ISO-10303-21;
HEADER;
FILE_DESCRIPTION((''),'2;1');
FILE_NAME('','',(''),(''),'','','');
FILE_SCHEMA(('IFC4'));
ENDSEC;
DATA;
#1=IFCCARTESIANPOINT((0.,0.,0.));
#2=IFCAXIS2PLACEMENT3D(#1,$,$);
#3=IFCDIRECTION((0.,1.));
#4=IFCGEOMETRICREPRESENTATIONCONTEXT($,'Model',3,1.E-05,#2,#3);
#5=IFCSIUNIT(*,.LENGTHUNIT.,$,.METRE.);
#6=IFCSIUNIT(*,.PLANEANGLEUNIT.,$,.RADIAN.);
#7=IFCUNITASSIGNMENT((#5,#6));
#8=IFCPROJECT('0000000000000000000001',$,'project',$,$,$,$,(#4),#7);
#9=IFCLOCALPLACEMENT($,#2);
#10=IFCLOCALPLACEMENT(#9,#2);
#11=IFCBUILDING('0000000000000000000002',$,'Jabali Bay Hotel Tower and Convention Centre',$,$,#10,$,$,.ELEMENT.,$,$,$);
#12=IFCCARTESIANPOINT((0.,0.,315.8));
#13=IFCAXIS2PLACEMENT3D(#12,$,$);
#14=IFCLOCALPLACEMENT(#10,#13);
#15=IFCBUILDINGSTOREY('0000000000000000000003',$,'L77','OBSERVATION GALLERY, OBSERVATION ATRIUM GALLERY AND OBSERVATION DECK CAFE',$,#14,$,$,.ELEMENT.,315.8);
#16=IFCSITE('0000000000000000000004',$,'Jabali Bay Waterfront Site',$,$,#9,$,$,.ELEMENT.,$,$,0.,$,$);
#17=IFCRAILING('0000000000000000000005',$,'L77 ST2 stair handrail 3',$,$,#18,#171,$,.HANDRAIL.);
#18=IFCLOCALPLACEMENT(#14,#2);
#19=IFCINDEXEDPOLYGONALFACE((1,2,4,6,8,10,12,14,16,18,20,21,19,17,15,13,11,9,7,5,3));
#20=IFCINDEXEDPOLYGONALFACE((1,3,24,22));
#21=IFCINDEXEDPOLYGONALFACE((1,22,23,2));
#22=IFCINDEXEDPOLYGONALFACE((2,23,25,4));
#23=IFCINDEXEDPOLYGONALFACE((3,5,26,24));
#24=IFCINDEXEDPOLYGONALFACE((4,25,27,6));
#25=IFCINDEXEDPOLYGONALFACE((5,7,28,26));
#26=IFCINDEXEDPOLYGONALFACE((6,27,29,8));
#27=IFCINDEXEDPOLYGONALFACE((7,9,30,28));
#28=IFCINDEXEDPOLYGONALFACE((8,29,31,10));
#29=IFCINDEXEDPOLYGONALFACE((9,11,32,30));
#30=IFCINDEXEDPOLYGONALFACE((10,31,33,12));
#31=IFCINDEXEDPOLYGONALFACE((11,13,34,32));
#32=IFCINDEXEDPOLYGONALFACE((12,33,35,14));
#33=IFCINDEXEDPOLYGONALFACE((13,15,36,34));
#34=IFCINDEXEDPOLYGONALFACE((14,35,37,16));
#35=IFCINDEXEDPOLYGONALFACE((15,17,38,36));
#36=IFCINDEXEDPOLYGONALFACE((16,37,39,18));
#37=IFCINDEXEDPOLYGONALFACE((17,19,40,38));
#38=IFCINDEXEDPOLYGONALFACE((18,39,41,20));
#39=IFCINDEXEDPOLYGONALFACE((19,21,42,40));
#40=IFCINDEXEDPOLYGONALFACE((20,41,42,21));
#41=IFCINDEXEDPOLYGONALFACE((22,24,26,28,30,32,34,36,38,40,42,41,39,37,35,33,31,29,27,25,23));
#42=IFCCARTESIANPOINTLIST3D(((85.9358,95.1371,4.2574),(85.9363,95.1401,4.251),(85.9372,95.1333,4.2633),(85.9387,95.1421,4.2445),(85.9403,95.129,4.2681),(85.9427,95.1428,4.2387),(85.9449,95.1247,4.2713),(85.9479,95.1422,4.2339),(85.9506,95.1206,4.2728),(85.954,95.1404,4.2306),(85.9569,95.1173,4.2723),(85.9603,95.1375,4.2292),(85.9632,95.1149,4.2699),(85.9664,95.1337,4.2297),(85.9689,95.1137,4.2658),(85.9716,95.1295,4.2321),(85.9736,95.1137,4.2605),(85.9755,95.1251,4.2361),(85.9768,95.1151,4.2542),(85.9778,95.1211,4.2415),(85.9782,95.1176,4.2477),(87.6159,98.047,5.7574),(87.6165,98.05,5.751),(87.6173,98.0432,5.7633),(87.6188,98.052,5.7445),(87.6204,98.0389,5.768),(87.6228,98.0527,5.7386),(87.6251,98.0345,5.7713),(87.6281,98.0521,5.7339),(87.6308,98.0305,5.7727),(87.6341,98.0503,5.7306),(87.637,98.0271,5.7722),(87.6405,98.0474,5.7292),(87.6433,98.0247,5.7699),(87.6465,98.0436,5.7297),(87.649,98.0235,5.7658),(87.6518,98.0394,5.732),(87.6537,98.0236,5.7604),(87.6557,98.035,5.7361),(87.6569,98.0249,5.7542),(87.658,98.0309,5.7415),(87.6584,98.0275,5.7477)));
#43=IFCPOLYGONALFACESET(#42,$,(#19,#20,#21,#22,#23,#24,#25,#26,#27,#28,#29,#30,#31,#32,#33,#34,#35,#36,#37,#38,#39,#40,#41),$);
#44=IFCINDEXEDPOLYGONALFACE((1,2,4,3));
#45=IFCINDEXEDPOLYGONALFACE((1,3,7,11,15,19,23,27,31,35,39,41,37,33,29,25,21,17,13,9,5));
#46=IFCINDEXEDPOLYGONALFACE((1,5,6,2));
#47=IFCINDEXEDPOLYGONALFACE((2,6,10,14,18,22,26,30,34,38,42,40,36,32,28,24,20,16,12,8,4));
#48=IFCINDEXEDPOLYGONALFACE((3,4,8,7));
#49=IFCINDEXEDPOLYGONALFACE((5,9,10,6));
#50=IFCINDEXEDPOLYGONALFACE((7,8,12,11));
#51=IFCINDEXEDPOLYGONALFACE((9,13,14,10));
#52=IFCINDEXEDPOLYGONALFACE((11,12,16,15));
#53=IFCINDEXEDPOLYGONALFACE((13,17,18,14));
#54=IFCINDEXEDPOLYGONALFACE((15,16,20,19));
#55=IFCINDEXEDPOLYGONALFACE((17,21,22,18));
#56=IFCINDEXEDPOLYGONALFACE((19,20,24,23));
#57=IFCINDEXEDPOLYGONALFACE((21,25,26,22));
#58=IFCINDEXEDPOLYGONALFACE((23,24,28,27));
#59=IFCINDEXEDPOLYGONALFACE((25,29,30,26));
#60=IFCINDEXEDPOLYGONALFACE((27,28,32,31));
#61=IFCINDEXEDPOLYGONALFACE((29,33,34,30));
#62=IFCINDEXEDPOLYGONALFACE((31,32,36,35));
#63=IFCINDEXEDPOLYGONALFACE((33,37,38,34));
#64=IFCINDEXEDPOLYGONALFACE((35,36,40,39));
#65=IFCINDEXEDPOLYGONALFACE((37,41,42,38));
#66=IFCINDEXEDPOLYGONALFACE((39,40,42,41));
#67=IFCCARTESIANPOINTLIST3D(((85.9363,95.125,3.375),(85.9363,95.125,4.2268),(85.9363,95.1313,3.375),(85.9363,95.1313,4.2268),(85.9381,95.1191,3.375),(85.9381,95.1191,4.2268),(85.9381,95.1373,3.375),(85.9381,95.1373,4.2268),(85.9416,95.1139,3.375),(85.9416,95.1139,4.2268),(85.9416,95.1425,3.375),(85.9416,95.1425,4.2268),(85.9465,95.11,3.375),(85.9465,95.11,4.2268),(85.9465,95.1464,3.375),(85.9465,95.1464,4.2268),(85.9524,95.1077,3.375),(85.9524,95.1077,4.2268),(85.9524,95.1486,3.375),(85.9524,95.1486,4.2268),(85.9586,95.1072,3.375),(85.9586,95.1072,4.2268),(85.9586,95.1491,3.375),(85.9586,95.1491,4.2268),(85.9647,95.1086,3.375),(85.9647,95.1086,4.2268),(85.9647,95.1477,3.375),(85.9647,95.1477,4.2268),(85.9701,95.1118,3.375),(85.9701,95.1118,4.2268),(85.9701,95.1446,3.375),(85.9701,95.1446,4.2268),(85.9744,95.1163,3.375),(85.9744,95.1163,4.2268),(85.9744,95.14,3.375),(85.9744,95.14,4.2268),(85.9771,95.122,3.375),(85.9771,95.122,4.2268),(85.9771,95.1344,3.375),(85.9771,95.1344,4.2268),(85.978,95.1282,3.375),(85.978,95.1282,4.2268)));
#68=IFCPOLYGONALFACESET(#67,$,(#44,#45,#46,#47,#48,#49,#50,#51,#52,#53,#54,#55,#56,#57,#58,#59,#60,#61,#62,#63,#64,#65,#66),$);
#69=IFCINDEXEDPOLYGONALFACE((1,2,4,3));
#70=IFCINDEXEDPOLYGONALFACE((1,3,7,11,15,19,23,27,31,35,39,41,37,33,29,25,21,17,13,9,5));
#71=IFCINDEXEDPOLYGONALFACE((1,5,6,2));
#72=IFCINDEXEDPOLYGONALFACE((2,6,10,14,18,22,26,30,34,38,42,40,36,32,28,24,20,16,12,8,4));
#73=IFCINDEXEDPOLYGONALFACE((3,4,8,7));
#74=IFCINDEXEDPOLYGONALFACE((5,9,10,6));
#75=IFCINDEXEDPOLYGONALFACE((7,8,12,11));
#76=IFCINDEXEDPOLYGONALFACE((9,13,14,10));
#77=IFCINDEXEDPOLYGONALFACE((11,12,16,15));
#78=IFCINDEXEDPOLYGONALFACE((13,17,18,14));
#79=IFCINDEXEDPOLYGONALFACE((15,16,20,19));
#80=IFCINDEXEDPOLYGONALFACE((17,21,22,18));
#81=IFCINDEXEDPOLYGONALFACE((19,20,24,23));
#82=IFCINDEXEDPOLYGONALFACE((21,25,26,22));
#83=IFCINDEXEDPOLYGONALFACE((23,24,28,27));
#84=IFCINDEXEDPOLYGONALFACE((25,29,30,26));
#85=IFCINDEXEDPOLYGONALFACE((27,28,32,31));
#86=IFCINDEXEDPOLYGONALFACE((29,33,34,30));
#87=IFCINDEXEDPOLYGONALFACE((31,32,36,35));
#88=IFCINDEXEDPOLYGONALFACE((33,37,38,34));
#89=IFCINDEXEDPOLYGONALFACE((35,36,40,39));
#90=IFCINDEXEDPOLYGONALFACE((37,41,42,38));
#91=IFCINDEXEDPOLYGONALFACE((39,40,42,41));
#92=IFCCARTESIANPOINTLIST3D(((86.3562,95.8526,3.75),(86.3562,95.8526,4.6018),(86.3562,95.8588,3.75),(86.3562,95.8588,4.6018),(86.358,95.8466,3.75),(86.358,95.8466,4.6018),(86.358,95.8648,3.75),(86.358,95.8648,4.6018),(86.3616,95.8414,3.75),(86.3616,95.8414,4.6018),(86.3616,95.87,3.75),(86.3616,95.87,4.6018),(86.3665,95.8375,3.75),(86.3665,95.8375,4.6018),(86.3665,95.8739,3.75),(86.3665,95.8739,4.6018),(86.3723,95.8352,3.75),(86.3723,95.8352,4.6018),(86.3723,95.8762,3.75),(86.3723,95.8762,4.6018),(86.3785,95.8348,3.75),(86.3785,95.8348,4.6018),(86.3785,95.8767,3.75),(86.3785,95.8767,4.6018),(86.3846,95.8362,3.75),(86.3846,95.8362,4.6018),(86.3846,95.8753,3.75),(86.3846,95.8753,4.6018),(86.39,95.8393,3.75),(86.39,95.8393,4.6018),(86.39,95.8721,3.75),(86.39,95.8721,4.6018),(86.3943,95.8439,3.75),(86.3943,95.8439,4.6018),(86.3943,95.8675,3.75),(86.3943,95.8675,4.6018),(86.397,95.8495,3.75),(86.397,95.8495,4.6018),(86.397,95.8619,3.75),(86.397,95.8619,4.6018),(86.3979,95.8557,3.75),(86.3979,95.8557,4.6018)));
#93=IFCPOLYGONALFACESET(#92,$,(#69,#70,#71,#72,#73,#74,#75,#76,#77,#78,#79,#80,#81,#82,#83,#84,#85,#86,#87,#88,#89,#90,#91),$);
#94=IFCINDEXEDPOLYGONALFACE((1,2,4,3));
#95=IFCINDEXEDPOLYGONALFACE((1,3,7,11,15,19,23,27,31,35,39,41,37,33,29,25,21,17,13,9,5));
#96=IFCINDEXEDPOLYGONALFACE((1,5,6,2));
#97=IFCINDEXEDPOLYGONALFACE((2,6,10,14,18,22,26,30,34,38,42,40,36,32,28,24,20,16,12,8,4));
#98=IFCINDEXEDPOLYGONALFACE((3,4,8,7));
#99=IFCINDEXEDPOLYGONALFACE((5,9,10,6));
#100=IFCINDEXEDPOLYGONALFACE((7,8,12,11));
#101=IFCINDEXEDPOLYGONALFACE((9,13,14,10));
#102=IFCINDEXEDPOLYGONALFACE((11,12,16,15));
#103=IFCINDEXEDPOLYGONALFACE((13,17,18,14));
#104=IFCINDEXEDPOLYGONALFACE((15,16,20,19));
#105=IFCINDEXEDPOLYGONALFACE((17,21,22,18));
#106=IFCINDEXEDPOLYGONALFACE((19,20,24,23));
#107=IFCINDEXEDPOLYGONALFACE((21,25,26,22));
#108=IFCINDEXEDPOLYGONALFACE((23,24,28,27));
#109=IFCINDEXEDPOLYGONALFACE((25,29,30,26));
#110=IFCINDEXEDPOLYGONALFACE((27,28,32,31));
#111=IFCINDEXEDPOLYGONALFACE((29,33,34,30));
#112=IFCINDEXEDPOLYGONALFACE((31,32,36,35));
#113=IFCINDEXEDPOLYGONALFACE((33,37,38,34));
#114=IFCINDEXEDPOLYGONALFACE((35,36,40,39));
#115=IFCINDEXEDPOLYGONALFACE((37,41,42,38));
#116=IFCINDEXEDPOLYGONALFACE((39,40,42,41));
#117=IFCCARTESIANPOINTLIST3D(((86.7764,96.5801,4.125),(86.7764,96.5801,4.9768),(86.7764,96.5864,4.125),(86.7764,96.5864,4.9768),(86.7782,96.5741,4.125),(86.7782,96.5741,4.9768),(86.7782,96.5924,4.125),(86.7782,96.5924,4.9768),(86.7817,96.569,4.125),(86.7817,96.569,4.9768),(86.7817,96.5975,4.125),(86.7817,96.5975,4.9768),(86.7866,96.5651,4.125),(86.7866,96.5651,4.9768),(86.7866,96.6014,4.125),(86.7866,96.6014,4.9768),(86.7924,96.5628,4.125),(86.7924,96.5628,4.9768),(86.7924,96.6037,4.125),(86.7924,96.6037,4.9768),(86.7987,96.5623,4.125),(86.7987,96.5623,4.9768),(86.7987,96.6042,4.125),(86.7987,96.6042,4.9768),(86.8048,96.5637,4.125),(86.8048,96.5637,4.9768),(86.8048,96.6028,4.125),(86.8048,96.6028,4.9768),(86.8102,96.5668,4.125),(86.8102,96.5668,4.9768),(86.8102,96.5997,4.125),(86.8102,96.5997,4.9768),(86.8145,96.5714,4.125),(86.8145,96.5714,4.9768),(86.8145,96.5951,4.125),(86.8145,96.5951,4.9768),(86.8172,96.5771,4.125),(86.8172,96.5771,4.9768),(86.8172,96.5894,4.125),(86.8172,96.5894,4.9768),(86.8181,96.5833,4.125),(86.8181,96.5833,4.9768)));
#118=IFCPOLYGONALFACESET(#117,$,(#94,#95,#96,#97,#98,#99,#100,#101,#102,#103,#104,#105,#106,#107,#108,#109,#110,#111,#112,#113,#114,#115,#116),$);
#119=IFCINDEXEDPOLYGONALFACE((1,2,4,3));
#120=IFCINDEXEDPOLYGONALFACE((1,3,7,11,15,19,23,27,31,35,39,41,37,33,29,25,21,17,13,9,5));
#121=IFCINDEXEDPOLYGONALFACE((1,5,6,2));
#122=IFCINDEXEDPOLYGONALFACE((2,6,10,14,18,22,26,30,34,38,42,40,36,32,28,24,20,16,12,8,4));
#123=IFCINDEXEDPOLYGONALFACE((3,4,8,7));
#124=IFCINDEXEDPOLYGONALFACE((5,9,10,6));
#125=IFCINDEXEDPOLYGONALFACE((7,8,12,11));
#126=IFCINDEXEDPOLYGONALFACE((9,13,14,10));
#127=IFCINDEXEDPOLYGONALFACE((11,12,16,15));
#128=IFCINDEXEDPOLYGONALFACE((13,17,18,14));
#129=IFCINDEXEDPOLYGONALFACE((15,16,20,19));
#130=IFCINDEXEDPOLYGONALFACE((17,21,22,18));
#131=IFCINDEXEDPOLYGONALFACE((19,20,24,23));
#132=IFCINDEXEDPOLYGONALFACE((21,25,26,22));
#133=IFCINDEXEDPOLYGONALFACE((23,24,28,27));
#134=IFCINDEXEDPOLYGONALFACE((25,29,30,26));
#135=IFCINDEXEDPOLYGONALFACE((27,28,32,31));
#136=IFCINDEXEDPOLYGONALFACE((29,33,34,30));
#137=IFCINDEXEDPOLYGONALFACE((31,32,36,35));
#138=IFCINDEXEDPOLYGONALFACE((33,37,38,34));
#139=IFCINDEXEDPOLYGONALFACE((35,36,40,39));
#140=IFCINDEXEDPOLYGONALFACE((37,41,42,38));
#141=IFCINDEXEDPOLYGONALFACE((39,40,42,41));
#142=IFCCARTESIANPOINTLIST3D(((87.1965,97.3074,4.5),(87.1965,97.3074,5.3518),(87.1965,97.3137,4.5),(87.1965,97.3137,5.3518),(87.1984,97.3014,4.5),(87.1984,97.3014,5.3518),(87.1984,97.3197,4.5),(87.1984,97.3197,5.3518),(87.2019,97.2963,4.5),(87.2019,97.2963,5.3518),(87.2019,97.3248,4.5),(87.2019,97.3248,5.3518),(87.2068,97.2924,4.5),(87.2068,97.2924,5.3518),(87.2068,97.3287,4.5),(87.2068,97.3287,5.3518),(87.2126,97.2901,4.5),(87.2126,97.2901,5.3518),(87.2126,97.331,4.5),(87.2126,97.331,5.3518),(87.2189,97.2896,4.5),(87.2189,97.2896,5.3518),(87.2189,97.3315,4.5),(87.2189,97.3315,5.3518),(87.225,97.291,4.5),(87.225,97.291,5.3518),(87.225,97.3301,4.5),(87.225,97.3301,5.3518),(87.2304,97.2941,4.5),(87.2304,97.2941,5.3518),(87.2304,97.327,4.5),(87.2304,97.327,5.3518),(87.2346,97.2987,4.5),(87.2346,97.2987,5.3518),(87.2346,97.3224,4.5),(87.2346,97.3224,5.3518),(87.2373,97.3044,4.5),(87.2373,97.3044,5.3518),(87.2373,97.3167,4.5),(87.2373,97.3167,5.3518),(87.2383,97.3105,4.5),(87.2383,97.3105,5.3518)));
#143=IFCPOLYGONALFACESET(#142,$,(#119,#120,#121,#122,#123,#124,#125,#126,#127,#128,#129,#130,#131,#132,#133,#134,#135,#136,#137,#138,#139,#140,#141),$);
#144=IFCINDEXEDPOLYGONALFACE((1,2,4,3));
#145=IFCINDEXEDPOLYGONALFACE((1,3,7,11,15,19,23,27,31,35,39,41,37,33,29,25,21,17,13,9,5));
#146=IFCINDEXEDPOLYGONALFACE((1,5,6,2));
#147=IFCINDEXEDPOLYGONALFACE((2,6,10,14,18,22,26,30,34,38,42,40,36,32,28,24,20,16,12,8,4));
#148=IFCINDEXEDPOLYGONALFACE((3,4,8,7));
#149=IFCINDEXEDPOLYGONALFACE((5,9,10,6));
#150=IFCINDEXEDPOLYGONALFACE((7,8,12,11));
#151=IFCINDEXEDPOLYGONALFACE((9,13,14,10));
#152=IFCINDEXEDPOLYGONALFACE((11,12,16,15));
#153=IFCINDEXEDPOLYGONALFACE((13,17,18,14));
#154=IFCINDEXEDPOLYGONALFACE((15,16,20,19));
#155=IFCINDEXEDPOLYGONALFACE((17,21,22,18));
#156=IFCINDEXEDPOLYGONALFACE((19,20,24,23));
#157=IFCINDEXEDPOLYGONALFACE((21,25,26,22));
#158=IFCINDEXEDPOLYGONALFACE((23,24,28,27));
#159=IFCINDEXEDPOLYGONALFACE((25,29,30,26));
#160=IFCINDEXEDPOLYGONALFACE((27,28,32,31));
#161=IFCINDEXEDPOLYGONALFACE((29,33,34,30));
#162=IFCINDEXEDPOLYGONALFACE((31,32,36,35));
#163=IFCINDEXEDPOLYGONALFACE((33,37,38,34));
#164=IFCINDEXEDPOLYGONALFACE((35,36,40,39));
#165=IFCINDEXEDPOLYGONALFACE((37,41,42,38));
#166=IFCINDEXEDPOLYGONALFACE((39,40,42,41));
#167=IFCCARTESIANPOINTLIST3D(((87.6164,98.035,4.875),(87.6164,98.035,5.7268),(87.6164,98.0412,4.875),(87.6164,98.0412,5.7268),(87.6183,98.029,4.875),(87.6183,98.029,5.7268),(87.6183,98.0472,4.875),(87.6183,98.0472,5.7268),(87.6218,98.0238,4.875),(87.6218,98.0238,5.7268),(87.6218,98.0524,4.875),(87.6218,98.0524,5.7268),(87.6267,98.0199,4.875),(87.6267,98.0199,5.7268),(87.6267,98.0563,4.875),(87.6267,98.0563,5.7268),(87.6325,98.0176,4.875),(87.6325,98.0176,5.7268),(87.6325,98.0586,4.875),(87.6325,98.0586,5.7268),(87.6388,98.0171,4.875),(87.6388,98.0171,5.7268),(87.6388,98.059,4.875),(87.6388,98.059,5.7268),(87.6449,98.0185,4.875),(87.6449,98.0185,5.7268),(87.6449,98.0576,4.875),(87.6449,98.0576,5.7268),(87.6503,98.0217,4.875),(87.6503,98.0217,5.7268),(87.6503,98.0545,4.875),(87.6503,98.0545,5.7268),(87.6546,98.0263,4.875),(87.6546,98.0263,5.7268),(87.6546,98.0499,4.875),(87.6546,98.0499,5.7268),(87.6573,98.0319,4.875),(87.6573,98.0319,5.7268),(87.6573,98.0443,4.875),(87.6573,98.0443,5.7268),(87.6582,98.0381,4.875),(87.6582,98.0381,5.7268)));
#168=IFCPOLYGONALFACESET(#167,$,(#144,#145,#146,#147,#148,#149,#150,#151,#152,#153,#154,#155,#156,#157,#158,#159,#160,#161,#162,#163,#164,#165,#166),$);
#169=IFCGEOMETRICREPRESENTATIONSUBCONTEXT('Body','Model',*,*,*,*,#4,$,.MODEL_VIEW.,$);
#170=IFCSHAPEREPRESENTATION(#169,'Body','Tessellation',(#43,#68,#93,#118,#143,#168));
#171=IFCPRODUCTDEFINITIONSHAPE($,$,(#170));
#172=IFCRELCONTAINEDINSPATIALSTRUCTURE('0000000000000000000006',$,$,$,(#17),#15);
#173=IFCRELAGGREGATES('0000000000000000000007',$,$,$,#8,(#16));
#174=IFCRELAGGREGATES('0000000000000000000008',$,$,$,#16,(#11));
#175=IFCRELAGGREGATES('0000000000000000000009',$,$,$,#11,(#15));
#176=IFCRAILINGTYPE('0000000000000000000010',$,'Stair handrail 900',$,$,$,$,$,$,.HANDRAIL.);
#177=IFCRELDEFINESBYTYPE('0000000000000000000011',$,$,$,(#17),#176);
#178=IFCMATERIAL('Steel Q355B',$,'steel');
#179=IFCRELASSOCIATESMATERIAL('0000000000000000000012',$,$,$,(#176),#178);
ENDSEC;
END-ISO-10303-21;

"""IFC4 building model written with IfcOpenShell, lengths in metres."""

from ifc_helpers import new_model, si_unit, direction, frame, origin, origin_2d, place, context, subcontext, project, spatial, circle, extrude, material, type_object, element, save


model = new_model("IFC4")

# Units and contexts
model_context = context("Model", 3, precision=1e-05, world=origin(), true_north=direction((0.0, 1.0)))
body_context = subcontext(model_context, "Body", "Model", "MODEL_VIEW")
ifc_project = project(units=[si_unit("LENGTHUNIT", "METRE"), si_unit("PLANEANGLEUNIT", "RADIAN")], contexts=[model_context])

# Site, building, storey
site_placement = place(None, origin())
site = spatial("IfcSite", under=ifc_project, at=site_placement, Name="Jabali Bay Waterfront Site", CompositionType="ELEMENT", RefElevation=0.0)
building_placement = place(site_placement, origin())
building = spatial("IfcBuilding", under=site, at=building_placement, Name="Jabali Bay Hotel Tower and Convention Centre", CompositionType="ELEMENT")
storey_placement = place(building_placement, frame((0.0, 0.0, 315.8)))
storey = spatial("IfcBuildingStorey", under=building, at=storey_placement, Name="L77", Description="OBSERVATION GALLERY, OBSERVATION ATRIUM GALLERY AND OBSERVATION DECK CAFE", CompositionType="ELEMENT", Elevation=315.8)

# Railing
ifc_material_1 = material(Name="Steel Q355B", Category="steel")
railing_type_1 = type_object("IfcRailingType", Name="Stair handrail 900", PredefinedType="HANDRAIL", material=ifc_material_1)
for number, where, name in (
    (1, (85.957, 95.1282, 3.375), "L77 ST2 stair handrail 3"),
):
    element("IfcRailing", number, at=place(storey_placement, frame(where)), inside=storey, type_object=railing_type_1, Name=name, PredefinedType="HANDRAIL", context=body_context, shape_type="SweptSolid", body=[
        extrude(circle(Radius=0.0239, at=origin_2d()), frame((0.0, 0.0, 0.876), z_axis=(0.4566, 0.79079, 0.407636), x_axis=(-0.866008, 0.500031, 0.0)), (0.0, 0.0, 1.0), 3.6797),
        extrude(circle(Radius=0.021, at=origin_2d()), origin(), (0.0, 0.0, 1.0), 0.8518),
        extrude(circle(Radius=0.021, at=origin_2d()), frame((0.4199, 0.7275, 0.375)), (0.0, 0.0, 1.0), 0.8518),
        extrude(circle(Radius=0.021, at=origin_2d()), frame((0.8401, 1.4551, 0.75)), (0.0, 0.0, 1.0), 0.8518),
        extrude(circle(Radius=0.021, at=origin_2d()), frame((1.2603, 2.1824, 1.125)), (0.0, 0.0, 1.0), 0.8518),
        extrude(circle(Radius=0.021, at=origin_2d()), frame((1.6802, 2.9099, 1.5)), (0.0, 0.0, 1.0), 0.8518),
    ])

save(model, "model.ifc")
